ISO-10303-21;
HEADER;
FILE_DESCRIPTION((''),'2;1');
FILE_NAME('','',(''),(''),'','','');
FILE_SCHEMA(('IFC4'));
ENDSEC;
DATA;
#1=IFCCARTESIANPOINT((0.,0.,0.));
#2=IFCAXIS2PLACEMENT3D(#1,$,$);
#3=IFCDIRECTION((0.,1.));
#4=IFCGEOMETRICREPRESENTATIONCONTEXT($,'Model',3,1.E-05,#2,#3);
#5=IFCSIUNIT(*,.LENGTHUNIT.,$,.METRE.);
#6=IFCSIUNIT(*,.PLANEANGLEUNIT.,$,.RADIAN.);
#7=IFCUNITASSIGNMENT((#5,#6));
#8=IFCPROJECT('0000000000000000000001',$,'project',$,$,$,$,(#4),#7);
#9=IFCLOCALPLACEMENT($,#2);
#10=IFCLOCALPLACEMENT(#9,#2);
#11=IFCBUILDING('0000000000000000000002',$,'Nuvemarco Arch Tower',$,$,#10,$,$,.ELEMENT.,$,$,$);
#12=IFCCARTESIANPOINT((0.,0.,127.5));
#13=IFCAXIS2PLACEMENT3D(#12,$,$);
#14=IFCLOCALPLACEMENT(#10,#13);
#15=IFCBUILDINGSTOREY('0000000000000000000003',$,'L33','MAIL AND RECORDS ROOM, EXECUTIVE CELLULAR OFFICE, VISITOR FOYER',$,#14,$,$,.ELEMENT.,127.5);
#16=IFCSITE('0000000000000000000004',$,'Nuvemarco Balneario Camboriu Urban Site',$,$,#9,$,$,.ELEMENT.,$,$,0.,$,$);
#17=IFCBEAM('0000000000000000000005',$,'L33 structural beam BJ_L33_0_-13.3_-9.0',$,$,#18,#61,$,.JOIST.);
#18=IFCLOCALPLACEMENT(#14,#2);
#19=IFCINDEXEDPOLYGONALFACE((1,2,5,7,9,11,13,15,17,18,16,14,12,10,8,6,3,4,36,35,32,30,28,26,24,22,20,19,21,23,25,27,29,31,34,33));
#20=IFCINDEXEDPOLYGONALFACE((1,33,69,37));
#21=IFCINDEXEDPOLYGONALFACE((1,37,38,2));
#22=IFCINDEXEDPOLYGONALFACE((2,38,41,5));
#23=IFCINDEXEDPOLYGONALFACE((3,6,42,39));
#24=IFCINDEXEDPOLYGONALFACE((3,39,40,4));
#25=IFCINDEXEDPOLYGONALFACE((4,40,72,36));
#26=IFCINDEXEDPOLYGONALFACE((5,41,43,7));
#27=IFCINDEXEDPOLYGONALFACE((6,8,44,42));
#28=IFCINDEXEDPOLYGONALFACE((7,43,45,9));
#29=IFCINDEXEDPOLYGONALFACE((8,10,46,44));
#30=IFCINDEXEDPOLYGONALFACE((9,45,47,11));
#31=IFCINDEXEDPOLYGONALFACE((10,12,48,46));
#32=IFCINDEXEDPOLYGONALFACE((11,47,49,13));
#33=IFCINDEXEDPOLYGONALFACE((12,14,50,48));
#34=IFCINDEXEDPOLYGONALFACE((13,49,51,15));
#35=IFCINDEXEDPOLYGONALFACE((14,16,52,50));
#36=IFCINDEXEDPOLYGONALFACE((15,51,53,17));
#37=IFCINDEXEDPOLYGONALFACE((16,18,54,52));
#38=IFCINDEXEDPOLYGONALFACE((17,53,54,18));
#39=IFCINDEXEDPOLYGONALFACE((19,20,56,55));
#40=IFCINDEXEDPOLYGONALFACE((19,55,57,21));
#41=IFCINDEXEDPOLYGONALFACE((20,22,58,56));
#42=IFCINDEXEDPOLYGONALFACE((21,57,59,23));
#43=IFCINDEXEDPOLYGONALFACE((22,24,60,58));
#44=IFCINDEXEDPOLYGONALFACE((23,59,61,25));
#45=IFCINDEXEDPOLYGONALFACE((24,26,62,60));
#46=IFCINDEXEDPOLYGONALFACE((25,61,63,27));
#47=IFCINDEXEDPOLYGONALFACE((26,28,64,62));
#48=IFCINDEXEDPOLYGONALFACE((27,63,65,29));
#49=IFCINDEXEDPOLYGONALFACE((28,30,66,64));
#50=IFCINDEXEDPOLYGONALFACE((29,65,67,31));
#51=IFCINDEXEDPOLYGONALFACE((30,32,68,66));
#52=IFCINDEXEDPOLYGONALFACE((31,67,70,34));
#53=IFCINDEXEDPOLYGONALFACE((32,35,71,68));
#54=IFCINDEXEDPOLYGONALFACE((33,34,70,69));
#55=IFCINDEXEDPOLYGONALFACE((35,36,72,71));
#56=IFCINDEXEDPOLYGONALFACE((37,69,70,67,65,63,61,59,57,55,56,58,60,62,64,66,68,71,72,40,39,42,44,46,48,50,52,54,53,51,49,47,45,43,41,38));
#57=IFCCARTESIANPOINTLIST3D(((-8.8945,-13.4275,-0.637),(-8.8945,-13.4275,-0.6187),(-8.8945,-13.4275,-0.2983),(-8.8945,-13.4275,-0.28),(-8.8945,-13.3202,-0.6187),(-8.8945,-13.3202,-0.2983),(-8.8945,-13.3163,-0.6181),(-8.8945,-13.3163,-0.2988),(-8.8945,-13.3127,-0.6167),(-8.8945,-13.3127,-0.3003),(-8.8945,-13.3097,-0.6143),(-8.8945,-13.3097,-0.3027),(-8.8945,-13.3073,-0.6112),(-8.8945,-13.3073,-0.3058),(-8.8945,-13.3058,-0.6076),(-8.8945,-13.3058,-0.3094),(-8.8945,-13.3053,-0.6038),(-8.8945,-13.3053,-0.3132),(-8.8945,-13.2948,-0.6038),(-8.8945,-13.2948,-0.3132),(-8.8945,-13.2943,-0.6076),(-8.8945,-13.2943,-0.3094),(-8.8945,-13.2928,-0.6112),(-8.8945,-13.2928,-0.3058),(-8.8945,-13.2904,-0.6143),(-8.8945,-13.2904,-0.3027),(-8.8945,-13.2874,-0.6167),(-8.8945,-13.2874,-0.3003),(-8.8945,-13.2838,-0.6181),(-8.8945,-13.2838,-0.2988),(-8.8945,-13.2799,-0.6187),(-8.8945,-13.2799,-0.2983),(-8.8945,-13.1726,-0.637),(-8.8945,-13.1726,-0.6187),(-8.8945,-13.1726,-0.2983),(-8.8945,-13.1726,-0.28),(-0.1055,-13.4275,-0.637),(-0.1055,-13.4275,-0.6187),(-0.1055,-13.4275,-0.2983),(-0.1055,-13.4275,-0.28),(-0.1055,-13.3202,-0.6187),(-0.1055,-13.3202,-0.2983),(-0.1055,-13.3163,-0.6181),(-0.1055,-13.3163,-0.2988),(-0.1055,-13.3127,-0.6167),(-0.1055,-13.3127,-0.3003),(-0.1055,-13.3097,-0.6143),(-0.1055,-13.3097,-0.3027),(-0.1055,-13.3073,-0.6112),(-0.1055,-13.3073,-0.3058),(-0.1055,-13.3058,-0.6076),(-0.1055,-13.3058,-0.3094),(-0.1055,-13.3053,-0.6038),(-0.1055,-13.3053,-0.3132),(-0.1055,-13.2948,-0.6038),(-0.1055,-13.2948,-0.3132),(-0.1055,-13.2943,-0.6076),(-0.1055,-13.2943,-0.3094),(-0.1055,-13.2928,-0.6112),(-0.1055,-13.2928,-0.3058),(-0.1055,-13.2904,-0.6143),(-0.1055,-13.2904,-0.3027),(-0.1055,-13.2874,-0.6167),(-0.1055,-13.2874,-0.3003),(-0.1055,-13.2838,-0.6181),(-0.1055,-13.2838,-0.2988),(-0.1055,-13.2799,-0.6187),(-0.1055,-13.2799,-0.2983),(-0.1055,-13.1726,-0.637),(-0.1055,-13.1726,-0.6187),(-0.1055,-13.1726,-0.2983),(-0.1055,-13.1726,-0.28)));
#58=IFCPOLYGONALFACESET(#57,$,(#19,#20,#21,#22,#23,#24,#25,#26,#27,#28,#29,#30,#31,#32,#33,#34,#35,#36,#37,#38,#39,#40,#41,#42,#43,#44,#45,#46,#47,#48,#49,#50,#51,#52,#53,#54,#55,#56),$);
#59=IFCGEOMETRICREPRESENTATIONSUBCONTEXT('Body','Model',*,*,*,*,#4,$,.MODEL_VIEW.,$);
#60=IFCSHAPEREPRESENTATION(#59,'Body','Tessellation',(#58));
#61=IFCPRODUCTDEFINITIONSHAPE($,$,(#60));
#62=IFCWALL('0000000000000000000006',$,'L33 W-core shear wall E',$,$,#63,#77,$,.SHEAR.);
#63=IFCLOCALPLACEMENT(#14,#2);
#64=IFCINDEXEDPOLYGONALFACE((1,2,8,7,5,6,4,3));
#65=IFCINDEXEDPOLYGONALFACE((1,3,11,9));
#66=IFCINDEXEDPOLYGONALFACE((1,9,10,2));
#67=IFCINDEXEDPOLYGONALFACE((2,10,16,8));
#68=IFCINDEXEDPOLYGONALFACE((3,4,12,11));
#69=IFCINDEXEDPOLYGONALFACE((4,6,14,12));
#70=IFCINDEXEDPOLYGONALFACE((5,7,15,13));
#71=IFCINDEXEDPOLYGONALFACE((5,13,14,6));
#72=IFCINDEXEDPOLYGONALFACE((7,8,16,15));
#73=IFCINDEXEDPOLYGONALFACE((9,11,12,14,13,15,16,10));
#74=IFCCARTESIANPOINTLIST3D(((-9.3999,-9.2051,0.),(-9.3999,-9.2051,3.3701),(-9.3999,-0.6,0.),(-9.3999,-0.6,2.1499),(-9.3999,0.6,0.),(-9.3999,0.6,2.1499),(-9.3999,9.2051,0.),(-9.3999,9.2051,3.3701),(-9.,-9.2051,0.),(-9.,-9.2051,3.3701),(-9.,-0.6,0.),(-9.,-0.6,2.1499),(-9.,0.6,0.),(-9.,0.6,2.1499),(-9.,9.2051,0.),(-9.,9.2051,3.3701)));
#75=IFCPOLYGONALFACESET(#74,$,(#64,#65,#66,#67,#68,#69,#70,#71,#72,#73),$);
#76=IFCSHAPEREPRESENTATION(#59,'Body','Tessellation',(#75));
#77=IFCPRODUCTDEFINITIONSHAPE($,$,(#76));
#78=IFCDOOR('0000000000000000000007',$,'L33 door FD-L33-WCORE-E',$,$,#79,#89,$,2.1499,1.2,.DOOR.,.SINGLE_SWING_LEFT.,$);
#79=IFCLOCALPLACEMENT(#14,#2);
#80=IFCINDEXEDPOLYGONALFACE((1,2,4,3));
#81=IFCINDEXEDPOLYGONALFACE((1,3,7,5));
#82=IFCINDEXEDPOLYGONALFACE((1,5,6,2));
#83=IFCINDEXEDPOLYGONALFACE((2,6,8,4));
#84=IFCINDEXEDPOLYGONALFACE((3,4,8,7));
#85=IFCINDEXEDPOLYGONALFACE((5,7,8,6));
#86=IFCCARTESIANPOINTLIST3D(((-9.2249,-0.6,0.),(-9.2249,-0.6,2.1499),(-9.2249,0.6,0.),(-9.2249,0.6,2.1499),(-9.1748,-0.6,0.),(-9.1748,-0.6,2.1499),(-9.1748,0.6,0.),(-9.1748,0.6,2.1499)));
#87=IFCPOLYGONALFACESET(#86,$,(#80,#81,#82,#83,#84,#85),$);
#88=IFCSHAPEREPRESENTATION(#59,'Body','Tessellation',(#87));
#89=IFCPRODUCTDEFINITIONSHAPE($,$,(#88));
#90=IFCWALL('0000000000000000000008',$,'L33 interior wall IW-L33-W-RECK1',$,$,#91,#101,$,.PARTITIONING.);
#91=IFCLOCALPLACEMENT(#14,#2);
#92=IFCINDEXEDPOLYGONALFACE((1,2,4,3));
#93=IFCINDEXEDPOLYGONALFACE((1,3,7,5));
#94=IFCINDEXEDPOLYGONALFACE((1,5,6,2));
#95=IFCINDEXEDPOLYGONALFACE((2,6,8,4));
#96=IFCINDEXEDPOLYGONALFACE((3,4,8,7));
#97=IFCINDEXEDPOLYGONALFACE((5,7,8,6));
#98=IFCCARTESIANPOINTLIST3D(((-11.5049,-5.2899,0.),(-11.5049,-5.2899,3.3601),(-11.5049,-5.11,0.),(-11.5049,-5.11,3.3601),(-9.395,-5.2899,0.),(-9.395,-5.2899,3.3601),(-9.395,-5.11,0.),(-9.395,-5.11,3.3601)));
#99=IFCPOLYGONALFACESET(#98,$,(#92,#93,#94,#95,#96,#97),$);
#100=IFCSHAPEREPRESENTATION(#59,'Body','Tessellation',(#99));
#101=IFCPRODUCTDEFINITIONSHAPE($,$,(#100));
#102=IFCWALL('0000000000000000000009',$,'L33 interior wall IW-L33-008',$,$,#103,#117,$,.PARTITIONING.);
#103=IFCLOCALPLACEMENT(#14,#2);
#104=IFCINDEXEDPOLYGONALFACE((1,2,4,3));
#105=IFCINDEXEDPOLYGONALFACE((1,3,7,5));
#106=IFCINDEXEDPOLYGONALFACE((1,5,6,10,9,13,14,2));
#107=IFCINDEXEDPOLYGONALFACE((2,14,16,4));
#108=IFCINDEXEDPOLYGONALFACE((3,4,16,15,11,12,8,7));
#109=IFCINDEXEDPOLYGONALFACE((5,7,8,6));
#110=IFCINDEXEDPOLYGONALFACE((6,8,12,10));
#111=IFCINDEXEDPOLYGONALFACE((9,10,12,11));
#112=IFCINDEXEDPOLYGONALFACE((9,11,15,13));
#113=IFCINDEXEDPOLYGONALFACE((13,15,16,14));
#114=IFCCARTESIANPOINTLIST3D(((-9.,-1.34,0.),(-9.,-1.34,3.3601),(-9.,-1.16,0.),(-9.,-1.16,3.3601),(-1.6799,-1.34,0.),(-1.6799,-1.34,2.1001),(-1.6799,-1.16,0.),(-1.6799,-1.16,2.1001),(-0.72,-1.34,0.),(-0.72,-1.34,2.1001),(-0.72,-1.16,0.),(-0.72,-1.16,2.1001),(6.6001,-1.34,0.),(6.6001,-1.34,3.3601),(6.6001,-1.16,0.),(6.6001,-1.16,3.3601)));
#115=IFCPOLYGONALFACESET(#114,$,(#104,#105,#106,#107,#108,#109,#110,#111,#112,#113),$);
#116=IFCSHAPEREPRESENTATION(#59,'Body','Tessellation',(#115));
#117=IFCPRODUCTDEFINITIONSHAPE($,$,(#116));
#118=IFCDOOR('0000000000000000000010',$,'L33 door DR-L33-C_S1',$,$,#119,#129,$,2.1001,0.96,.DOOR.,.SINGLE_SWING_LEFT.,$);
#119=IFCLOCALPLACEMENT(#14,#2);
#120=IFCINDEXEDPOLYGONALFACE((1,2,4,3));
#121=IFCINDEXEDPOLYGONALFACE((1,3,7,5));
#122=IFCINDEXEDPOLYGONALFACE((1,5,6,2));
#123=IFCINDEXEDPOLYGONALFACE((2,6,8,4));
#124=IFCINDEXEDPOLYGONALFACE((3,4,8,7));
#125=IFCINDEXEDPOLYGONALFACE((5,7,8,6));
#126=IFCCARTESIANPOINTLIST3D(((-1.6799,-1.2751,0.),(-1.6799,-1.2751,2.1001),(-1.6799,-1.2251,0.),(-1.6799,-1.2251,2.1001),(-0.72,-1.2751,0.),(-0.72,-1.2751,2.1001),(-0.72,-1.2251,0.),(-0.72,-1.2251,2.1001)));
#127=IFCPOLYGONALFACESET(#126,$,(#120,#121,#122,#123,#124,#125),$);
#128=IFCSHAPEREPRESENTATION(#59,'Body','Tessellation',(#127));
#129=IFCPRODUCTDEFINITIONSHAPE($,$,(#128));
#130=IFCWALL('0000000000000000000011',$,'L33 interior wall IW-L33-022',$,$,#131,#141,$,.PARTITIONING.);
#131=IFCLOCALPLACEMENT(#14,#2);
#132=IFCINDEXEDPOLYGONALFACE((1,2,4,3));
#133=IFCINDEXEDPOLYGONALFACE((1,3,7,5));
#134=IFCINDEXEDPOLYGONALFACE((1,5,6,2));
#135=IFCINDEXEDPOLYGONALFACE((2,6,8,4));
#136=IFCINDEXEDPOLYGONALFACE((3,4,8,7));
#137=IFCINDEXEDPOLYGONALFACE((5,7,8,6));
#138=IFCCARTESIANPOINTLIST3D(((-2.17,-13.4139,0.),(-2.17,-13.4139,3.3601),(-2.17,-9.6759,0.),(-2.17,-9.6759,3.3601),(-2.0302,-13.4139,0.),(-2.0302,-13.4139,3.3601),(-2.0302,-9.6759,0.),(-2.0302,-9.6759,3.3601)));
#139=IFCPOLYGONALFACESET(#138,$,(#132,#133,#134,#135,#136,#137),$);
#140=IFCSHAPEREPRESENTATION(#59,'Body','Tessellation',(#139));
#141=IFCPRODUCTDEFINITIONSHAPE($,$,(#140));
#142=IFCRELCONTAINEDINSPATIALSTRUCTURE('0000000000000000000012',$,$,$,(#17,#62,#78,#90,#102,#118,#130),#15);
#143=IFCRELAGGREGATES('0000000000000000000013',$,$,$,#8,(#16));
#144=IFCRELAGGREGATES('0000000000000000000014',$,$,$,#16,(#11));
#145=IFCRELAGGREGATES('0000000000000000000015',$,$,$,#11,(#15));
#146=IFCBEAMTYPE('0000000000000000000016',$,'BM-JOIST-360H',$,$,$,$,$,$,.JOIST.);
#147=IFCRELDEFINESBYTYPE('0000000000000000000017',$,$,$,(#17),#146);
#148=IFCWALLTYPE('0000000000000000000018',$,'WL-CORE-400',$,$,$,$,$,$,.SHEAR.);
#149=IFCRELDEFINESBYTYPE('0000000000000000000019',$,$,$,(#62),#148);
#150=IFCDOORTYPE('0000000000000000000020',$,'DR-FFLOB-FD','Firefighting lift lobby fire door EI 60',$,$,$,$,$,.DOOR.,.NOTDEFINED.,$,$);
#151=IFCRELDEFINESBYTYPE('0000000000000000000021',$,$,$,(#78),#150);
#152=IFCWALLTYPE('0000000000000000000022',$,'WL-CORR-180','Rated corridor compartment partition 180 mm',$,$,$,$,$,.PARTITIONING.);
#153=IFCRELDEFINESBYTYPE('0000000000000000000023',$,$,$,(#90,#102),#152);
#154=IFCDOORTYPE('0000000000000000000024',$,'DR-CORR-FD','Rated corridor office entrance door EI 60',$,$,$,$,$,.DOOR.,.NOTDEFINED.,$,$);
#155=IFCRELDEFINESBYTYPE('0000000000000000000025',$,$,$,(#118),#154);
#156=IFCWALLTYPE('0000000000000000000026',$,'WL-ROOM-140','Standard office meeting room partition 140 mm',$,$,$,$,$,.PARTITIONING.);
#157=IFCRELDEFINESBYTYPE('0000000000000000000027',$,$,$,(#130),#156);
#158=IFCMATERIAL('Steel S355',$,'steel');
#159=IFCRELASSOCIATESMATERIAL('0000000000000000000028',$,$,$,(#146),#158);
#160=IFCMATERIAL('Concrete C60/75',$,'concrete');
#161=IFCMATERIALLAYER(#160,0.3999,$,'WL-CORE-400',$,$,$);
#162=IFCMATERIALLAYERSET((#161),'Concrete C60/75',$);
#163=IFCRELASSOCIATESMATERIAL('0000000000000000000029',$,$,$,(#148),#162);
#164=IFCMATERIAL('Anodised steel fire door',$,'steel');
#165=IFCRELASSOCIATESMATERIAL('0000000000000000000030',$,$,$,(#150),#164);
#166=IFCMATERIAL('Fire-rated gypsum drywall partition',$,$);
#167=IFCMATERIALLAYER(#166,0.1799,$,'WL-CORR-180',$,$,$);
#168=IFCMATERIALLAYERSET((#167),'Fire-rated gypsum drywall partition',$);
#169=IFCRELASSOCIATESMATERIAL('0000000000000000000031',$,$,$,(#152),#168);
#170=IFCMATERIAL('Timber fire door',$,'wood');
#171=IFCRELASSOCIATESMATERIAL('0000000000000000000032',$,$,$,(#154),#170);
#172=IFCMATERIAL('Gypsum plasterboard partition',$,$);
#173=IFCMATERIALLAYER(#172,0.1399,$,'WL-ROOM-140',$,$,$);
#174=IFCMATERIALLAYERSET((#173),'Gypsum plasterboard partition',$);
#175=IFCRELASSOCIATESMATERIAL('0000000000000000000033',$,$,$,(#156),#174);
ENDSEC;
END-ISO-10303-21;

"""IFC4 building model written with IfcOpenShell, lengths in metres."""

from ifc_helpers import new_model, si_unit, direction, frame, frame_2d, origin, origin_2d, place, context, subcontext, project, spatial, rectangle, i_section, extrude, source, transform, mapped, material, layer, layer_set, material_profile, profile_set, type_object, type_shapes, element, fill, save


model = new_model("IFC4")

# Units and contexts
model_context = context("Model", 3, precision=1e-05, world=origin(), true_north=direction((0.0, 1.0)))
body_context = subcontext(model_context, "Body", "Model", "MODEL_VIEW")
ifc_project = project(units=[si_unit("LENGTHUNIT", "METRE"), si_unit("PLANEANGLEUNIT", "RADIAN")], contexts=[model_context])

# Site, building, storey
site_placement = place(None, origin())
site = spatial("IfcSite", under=ifc_project, at=site_placement, Name="Nuvemarco Balneario Camboriu Urban Site", CompositionType="ELEMENT", RefElevation=0.0)
building_placement = place(site_placement, origin())
building = spatial("IfcBuilding", under=site, at=building_placement, Name="Nuvemarco Arch Tower", CompositionType="ELEMENT")
storey_placement = place(building_placement, frame((0.0, 0.0, 127.5)))
storey = spatial("IfcBuildingStorey", under=building, at=storey_placement, Name="L33", Description="MAIL AND RECORDS ROOM, EXECUTIVE CELLULAR OFFICE, VISITOR FOYER", CompositionType="ELEMENT", Elevation=127.5)

# Beam
ifc_material_1 = material(Name="Concrete C60/75", Category="concrete")
ifc_material_2 = material(Name="Steel S355", Category="steel")
ifc_material_profile_1 = material_profile(ifc_material_2, i_section(OverallWidth=0.2549, OverallDepth=0.3569, WebThickness=0.0105, FlangeThickness=0.0183, FilletRadius=0.0149, at=origin_2d()), Name="W360x101")
ifc_profile_set_1 = profile_set([ifc_material_profile_1], Name="Steel S355")
beam_type_1 = type_object("IfcBeamType", Name="BM-JOIST-360H", PredefinedType="JOIST", material=ifc_profile_set_1)
beam_1_placement = place(storey_placement, frame((-8.8945, -13.3, -0.4585), z_axis=(1.0, 0.0, 0.0), x_axis=(0.0, 1.0, 0.0)))
element("IfcBeam", 1, at=beam_1_placement, inside=storey, type_object=beam_type_1, Name="L33 structural beam BJ_L33_0_-13.3_-9.0", PredefinedType="JOIST", context=body_context, shape_type="SweptSolid", body=[
    extrude(i_section(OverallWidth=0.2549, OverallDepth=0.3569, WebThickness=0.0105, FlangeThickness=0.0183, FilletRadius=0.0149, at=origin_2d()), origin(), (0.0, 0.0, 1.0), 8.7891),
])

# Wall, opening, door
ifc_layer_1 = layer(ifc_material_1, 0.3999, Name="WL-CORE-400")
ifc_layer_set_1 = layer_set([ifc_layer_1], Name="Concrete C60/75")
wall_type_1 = type_object("IfcWallType", Name="WL-CORE-400", PredefinedType="SHEAR", material=ifc_layer_set_1)
wall_1_placement = place(storey_placement, frame((-9.2, -9.2051, 0.0), z_axis=(0.0, 0.0, 1.0), x_axis=(0.0, 1.0, 0.0)))
wall_1 = element("IfcWall", 2, at=wall_1_placement, inside=storey, type_object=wall_type_1, Name="L33 W-core shear wall E", PredefinedType="SHEAR", context=body_context, shape_type="SweptSolid", body=[
    extrude(rectangle(XDim=18.4102, YDim=0.3999, at=frame_2d((9.2051, 0.0))), origin(), (0.0, 0.0, 1.0), 3.3701),
])
opening_1_placement = place(wall_1_placement, frame((8.605, 0.0, 0.0)))
opening_1 = element("IfcOpeningElement", 3, at=opening_1_placement, cuts=wall_1, PredefinedType="OPENING", context=body_context, shape_type="SweptSolid", body=[
    extrude(rectangle(XDim=1.2, YDim=2.1499, at=frame_2d((0.6001, 1.075))), frame((0.0, 0.21, 0.0), z_axis=(0.0, -1.0, 0.0), x_axis=(1.0, 0.0, 0.0)), (0.0, 0.0, 1.0), 0.4199),
])
ifc_material_3 = material(Name="Anodised steel fire door", Category="steel")
door_type_1 = type_object("IfcDoorType", Name="DR-FFLOB-FD", Description="Firefighting lift lobby fire door EI 60", OperationType="NOTDEFINED", PredefinedType="DOOR", material=ifc_material_3)
shared_shape_1 = source(origin(), body_context, "Body", "SweptSolid", [
    extrude(rectangle(XDim=1.2, YDim=2.1499, at=frame_2d((0.6001, 1.075))), frame((0.0, 0.0249, 0.0), z_axis=(0.0, -1.0, 0.0), x_axis=(1.0, 0.0, 0.0)), (0.0, 0.0, 1.0), 0.05),
])
type_shapes(door_type_1, [shared_shape_1])
door_1_placement = place(opening_1_placement, origin())
door_1 = element("IfcDoor", 4, at=door_1_placement, inside=storey, type_object=door_type_1, Name="L33 door FD-L33-WCORE-E", OperationType="SINGLE_SWING_LEFT", OverallHeight=2.1499, OverallWidth=1.2, PredefinedType="DOOR", context=body_context, shape_type="MappedRepresentation", body=[
    mapped(shared_shape_1, transform((0.0, 0.0, 0.0), scale=1.0)),
])
fill(opening_1, door_1)

# Wall
ifc_material_4 = material(Name="Fire-rated gypsum drywall partition")
ifc_layer_2 = layer(ifc_material_4, 0.1799, Name="WL-CORR-180")
ifc_layer_set_2 = layer_set([ifc_layer_2], Name="Fire-rated gypsum drywall partition")
wall_type_2 = type_object("IfcWallType", Name="WL-CORR-180", Description="Rated corridor compartment partition 180 mm", PredefinedType="PARTITIONING", material=ifc_layer_set_2)
wall_2_placement = place(storey_placement, frame((-11.5049, -5.2, 0.0), z_axis=(0.0, 0.0, 1.0), x_axis=(1.0, 0.0, 0.0)))
element("IfcWall", 5, at=wall_2_placement, inside=storey, type_object=wall_type_2, Name="L33 interior wall IW-L33-W-RECK1", PredefinedType="PARTITIONING", context=body_context, shape_type="SweptSolid", body=[
    extrude(rectangle(XDim=2.1099, YDim=0.1799, at=frame_2d((1.0549, 0.0))), origin(), (0.0, 0.0, 1.0), 3.3601),
])

# Wall, opening, door
wall_3_placement = place(storey_placement, frame((-9.0, -1.25, 0.0), z_axis=(0.0, 0.0, 1.0), x_axis=(1.0, 0.0, 0.0)))
wall_3 = element("IfcWall", 6, at=wall_3_placement, inside=storey, type_object=wall_type_2, Name="L33 interior wall IW-L33-008", PredefinedType="PARTITIONING", context=body_context, shape_type="SweptSolid", body=[
    extrude(rectangle(XDim=15.6001, YDim=0.1799, at=frame_2d((7.8, 0.0))), origin(), (0.0, 0.0, 1.0), 3.3601),
])
opening_2_placement = place(wall_3_placement, frame((7.3201, 0.0, 0.0)))
opening_2 = element("IfcOpeningElement", 7, at=opening_2_placement, cuts=wall_3, PredefinedType="OPENING", context=body_context, shape_type="SweptSolid", body=[
    extrude(rectangle(XDim=0.96, YDim=2.1001, at=frame_2d((0.48, 1.05))), frame((0.0, 0.0999, 0.0), z_axis=(0.0, -1.0, 0.0), x_axis=(1.0, 0.0, 0.0)), (0.0, 0.0, 1.0), 0.2),
])
ifc_material_5 = material(Name="Timber fire door", Category="wood")
door_type_2 = type_object("IfcDoorType", Name="DR-CORR-FD", Description="Rated corridor office entrance door EI 60", OperationType="NOTDEFINED", PredefinedType="DOOR", material=ifc_material_5)
shared_shape_2 = source(origin(), body_context, "Body", "SweptSolid", [
    extrude(rectangle(XDim=0.96, YDim=2.1001, at=frame_2d((0.48, 1.05))), frame((0.0, 0.0249, 0.0), z_axis=(0.0, -1.0, 0.0), x_axis=(1.0, 0.0, 0.0)), (0.0, 0.0, 1.0), 0.05),
])
type_shapes(door_type_2, [shared_shape_2])
door_2_placement = place(opening_2_placement, origin())
door_2 = element("IfcDoor", 8, at=door_2_placement, inside=storey, type_object=door_type_2, Name="L33 door DR-L33-C_S1", OperationType="SINGLE_SWING_LEFT", OverallHeight=2.1001, OverallWidth=0.96, PredefinedType="DOOR", context=body_context, shape_type="MappedRepresentation", body=[
    mapped(shared_shape_2, transform((0.0, 0.0, 0.0), scale=1.0)),
])
fill(opening_2, door_2)

# Wall
ifc_material_6 = material(Name="Gypsum plasterboard partition")
ifc_layer_3 = layer(ifc_material_6, 0.1399, Name="WL-ROOM-140")
ifc_layer_set_3 = layer_set([ifc_layer_3], Name="Gypsum plasterboard partition")
wall_type_3 = type_object("IfcWallType", Name="WL-ROOM-140", Description="Standard office meeting room partition 140 mm", PredefinedType="PARTITIONING", material=ifc_layer_set_3)
wall_4_placement = place(storey_placement, frame((-2.1001, -13.4141, 0.0), z_axis=(0.0, 0.0, 1.0), x_axis=(0.0, 1.0, 0.0)))
element("IfcWall", 9, at=wall_4_placement, inside=storey, type_object=wall_type_3, Name="L33 interior wall IW-L33-022", PredefinedType="PARTITIONING", context=body_context, shape_type="SweptSolid", body=[
    extrude(rectangle(XDim=3.738, YDim=0.1399, at=frame_2d((1.8691, 0.0))), origin(), (0.0, 0.0, 1.0), 3.3601),
])

save(model, "model.ifc")
